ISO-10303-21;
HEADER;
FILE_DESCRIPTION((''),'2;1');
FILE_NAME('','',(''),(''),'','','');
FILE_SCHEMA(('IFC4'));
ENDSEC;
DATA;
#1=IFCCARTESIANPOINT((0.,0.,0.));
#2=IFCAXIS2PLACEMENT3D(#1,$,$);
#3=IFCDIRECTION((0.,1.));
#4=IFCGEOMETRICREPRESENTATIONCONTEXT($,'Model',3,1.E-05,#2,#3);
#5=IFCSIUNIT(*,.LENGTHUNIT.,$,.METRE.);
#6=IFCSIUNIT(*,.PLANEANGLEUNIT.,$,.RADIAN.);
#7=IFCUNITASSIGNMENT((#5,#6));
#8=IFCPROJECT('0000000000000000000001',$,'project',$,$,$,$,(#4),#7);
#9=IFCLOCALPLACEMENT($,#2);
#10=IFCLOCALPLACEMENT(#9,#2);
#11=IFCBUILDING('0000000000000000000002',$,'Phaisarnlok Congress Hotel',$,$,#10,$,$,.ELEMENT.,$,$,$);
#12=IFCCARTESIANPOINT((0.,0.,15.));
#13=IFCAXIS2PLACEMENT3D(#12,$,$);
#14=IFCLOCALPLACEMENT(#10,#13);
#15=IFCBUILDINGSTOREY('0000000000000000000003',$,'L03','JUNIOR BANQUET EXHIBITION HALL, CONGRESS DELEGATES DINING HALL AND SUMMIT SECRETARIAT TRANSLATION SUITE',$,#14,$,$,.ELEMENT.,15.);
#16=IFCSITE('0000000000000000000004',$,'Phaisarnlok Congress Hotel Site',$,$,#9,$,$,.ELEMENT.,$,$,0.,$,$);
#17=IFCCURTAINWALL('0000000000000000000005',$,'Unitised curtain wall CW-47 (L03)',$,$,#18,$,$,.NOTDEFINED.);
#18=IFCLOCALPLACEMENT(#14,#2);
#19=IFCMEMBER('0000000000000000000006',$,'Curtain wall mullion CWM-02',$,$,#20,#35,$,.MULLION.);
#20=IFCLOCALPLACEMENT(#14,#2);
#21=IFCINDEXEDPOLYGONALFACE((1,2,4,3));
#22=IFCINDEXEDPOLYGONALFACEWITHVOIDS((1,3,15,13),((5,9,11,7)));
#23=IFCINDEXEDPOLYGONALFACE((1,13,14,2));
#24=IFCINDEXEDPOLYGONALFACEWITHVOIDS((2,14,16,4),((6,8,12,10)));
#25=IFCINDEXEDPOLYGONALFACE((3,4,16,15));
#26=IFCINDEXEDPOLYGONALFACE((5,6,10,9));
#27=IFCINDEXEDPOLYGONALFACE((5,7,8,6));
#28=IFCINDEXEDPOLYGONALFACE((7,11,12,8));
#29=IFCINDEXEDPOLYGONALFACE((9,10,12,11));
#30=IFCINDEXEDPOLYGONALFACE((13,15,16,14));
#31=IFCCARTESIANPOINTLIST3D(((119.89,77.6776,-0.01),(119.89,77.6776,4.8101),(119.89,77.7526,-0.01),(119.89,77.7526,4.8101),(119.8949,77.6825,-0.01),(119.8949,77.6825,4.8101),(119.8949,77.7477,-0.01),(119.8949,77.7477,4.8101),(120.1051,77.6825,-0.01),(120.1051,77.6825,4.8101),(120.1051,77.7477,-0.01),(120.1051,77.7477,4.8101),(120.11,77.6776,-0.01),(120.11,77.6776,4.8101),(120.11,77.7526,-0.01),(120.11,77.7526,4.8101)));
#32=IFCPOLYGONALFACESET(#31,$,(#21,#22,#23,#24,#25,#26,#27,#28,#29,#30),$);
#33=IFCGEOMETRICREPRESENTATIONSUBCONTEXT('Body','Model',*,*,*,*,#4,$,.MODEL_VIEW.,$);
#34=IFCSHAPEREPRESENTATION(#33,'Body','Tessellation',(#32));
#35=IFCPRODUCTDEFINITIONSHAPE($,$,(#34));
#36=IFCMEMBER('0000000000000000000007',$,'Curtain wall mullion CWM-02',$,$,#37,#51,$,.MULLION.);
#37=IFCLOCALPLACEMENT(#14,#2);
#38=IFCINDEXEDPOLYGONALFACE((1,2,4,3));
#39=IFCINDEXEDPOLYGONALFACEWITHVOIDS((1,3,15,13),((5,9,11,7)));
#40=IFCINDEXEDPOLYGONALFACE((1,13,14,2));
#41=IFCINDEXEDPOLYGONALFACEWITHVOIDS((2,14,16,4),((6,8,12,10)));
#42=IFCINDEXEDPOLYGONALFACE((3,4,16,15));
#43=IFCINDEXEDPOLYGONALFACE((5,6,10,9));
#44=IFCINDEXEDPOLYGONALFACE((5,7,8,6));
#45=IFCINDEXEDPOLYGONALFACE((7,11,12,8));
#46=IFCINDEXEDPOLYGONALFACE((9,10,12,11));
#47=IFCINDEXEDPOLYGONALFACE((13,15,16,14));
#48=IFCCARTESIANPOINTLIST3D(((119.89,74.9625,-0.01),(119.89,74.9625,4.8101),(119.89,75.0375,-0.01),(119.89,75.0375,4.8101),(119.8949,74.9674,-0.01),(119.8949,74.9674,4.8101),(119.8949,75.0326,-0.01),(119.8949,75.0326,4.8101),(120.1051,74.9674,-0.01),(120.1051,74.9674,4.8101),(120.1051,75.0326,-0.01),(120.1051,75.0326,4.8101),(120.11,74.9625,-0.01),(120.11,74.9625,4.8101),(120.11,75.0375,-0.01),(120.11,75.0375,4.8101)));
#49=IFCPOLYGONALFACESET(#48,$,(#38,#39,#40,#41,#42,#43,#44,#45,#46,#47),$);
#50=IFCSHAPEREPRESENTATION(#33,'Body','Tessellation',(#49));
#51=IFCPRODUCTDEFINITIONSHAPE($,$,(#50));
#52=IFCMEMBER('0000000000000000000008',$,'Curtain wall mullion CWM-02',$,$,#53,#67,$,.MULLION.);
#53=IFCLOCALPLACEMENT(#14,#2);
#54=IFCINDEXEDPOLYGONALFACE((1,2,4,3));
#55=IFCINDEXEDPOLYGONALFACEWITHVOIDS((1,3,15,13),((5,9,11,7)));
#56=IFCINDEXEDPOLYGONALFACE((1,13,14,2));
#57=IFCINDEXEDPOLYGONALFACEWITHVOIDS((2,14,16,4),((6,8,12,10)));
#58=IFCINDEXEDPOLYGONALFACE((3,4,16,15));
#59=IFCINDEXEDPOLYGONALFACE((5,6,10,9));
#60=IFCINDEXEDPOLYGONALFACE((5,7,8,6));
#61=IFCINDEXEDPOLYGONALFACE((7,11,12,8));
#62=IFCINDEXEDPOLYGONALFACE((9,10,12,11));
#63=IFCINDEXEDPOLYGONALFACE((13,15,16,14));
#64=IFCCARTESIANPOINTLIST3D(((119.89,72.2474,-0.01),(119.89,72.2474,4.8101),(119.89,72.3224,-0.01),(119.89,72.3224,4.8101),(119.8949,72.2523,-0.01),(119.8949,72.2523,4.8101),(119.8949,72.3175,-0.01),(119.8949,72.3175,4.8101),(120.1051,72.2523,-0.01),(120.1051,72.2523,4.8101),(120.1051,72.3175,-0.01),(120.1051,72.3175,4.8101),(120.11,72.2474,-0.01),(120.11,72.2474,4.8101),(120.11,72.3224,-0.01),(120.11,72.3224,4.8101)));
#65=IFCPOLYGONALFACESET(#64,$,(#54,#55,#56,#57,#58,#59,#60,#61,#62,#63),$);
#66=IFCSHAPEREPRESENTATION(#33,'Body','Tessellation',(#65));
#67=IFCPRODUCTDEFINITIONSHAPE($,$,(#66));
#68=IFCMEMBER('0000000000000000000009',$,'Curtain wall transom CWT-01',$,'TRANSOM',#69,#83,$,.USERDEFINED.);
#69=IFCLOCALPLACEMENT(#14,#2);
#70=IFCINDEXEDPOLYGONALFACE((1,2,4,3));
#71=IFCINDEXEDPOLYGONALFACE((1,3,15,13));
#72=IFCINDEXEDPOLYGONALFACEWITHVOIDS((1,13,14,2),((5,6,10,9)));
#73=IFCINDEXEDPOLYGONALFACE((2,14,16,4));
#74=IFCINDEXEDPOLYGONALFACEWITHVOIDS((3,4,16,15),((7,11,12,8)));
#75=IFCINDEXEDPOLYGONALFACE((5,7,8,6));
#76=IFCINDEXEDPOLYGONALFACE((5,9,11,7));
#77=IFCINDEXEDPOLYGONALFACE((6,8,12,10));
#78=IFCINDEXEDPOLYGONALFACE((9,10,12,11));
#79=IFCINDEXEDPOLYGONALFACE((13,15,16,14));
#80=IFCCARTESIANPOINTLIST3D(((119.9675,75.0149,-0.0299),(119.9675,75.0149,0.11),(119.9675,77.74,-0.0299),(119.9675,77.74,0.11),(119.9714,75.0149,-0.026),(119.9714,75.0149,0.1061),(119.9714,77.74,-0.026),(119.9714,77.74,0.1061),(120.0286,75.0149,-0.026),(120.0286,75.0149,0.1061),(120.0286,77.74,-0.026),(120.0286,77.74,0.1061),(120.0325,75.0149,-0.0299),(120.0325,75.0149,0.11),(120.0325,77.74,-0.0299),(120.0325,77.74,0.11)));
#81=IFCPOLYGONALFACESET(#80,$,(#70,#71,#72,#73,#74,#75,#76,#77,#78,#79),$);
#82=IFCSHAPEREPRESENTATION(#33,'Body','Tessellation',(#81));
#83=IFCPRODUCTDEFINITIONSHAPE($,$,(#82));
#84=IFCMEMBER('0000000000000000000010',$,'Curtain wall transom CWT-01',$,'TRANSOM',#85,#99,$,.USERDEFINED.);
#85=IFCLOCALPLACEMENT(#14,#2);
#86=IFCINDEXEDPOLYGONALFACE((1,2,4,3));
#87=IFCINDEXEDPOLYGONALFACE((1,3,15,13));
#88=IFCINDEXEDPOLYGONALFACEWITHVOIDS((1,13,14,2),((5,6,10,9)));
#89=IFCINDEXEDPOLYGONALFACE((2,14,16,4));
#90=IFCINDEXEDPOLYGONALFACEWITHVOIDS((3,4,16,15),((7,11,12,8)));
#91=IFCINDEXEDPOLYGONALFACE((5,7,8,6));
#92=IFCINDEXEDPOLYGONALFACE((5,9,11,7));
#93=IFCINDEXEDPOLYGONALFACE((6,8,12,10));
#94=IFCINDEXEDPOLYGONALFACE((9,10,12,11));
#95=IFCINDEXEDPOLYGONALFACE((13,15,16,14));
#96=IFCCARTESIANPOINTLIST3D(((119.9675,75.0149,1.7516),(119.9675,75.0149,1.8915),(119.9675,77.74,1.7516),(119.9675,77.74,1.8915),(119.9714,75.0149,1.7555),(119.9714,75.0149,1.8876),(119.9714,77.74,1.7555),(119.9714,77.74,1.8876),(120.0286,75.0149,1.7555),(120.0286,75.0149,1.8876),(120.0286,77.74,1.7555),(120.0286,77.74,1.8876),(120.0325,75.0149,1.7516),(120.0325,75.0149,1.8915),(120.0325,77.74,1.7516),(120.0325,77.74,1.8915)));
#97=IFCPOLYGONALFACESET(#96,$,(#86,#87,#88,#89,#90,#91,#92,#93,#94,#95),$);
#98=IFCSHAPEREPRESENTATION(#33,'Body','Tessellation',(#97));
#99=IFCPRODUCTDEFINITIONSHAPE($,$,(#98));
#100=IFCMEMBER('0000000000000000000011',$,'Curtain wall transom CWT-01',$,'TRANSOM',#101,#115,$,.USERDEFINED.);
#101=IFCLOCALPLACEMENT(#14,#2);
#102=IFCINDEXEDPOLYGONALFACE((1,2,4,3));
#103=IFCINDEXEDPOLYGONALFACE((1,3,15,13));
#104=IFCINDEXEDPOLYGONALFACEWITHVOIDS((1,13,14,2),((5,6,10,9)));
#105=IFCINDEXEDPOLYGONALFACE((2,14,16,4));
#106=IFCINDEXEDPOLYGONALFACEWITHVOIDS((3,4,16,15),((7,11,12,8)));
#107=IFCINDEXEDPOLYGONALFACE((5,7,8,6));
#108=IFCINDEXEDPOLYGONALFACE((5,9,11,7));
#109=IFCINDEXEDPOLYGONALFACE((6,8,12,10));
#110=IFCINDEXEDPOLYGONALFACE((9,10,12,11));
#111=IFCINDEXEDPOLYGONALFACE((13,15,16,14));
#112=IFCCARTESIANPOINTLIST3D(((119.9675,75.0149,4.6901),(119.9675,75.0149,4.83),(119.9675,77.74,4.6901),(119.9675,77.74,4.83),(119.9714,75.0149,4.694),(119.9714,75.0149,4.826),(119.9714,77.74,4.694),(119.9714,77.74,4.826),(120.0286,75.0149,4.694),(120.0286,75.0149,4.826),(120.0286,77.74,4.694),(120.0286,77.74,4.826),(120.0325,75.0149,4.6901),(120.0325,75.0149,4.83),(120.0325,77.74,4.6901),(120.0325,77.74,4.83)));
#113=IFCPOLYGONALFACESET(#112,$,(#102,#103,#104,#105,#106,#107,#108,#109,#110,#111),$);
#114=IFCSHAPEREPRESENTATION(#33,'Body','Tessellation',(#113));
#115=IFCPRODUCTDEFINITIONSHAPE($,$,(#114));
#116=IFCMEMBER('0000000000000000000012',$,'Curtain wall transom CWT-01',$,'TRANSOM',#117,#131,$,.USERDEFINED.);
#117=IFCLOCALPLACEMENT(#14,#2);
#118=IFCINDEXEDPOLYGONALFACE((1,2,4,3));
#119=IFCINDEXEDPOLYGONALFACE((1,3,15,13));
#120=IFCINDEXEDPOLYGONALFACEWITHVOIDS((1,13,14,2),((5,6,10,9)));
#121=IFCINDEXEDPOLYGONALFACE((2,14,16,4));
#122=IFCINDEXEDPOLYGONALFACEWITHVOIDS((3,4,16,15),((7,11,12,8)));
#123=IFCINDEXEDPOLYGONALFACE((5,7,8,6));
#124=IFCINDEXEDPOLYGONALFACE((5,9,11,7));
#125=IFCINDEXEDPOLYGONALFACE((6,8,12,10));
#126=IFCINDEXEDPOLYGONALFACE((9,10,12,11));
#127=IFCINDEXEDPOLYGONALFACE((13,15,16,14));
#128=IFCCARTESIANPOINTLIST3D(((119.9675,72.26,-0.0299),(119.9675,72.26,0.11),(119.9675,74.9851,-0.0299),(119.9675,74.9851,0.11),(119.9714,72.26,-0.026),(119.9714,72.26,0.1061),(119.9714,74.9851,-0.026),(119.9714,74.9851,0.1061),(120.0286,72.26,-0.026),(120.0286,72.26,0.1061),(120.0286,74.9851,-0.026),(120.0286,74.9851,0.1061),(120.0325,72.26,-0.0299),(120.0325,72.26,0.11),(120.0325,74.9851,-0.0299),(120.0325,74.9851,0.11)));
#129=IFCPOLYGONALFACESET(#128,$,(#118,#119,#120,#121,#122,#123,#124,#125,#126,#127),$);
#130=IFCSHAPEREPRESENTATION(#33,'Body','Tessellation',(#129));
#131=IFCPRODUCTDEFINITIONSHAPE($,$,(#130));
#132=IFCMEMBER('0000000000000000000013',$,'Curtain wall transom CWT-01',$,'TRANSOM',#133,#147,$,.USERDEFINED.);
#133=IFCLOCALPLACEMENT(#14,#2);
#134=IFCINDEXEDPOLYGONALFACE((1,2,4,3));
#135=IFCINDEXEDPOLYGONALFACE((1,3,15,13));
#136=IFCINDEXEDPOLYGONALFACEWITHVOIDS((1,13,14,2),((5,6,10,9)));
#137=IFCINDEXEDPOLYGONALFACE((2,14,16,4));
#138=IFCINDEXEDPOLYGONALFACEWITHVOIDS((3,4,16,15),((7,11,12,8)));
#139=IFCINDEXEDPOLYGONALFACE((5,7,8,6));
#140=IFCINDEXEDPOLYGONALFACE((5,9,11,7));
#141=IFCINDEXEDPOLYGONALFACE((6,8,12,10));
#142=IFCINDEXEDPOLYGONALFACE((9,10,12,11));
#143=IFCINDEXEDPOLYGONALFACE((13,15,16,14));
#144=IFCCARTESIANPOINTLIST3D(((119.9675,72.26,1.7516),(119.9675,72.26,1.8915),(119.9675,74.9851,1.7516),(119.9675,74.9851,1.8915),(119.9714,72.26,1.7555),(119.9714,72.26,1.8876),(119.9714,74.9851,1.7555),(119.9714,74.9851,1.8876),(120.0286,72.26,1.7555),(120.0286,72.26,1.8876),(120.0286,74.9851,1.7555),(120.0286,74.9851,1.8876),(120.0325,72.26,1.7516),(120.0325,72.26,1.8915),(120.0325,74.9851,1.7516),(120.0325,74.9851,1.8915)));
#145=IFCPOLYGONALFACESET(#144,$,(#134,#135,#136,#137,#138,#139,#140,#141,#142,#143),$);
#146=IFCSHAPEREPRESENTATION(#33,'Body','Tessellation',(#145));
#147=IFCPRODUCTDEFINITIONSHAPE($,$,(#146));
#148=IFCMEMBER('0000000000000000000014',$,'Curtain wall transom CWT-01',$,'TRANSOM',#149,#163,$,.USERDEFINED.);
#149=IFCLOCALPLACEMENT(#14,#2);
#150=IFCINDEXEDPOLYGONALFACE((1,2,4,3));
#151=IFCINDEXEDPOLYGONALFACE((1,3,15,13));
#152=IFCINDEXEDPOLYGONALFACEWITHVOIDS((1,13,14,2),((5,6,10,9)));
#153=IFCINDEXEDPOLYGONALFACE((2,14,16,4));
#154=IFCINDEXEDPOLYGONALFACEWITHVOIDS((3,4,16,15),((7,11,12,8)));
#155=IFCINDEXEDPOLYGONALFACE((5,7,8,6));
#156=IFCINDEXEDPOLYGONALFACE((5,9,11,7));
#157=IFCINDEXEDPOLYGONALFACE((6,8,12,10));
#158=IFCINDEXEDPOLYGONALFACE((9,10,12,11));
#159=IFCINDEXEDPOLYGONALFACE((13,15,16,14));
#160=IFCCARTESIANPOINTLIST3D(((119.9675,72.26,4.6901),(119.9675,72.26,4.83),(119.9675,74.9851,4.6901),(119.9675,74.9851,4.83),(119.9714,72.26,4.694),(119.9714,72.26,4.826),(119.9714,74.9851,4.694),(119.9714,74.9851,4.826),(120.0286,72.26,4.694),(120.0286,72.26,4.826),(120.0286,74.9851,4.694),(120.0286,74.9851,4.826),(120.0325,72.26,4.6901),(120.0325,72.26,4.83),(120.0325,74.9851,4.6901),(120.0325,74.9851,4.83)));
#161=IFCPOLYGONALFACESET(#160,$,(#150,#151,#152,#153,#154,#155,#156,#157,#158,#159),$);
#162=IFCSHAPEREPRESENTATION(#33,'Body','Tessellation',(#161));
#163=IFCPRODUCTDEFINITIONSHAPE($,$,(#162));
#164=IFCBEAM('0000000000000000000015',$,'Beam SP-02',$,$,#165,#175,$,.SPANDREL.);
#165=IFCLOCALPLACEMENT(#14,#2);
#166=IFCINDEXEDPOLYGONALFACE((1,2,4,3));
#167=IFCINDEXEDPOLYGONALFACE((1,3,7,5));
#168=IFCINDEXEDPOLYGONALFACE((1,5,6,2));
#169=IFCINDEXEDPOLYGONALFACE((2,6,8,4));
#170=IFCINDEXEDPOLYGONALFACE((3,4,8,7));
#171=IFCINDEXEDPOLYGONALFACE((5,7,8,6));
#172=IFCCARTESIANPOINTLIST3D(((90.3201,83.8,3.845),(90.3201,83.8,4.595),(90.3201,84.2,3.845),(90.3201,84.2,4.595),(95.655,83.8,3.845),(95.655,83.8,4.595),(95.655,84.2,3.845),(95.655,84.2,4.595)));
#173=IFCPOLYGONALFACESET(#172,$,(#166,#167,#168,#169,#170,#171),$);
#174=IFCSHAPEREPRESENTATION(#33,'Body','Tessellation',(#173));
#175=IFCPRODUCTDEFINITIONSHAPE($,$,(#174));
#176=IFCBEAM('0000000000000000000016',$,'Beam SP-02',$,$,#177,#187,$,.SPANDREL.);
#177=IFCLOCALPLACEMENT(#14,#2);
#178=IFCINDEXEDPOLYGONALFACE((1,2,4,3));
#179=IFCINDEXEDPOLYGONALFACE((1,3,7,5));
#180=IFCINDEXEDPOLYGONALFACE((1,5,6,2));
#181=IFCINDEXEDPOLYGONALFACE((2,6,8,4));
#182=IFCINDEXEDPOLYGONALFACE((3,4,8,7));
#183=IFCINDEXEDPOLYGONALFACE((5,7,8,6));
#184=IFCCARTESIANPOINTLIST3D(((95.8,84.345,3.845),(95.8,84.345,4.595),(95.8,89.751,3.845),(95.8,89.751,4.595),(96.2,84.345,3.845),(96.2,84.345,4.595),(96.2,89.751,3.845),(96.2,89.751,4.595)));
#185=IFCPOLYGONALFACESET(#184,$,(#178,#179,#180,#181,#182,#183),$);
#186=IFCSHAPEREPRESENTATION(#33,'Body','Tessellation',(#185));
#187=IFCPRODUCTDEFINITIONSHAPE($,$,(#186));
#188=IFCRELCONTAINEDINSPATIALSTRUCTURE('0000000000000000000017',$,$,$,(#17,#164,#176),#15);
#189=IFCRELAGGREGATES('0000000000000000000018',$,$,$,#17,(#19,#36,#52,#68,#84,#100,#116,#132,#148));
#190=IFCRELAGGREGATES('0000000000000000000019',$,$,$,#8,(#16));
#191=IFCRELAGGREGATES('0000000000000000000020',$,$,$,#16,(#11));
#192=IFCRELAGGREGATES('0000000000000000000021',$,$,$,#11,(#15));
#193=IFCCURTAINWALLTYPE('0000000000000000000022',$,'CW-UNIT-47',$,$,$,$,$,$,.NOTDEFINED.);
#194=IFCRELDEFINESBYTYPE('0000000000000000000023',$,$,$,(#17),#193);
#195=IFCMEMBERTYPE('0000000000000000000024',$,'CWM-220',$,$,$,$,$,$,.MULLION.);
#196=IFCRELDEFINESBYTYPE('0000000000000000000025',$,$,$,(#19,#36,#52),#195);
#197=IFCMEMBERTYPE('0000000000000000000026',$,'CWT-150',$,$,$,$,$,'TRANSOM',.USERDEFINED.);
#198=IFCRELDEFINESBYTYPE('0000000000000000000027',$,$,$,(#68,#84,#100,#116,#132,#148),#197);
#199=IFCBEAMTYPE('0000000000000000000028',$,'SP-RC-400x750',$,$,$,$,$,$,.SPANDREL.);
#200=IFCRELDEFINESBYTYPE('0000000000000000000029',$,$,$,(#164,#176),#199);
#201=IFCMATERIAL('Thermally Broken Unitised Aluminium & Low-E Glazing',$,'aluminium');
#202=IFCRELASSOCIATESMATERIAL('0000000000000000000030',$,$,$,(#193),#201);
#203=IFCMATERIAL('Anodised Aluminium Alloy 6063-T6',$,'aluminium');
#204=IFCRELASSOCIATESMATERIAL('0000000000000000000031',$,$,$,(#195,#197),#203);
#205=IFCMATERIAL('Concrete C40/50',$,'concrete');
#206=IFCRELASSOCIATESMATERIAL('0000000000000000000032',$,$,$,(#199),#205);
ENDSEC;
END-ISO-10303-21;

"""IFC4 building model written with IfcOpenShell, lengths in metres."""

from ifc_helpers import new_model, si_unit, direction, frame, origin, origin_2d, place, context, subcontext, project, spatial, rectangle, hollow_rectangle, extrude, material, material_profile, profile_set, type_object, element, aggregate, save


model = new_model("IFC4")

# Units and contexts
model_context = context("Model", 3, precision=1e-05, world=origin(), true_north=direction((0.0, 1.0)))
body_context = subcontext(model_context, "Body", "Model", "MODEL_VIEW")
ifc_project = project(units=[si_unit("LENGTHUNIT", "METRE"), si_unit("PLANEANGLEUNIT", "RADIAN")], contexts=[model_context])

# Site, building, storey
site_placement = place(None, origin())
site = spatial("IfcSite", under=ifc_project, at=site_placement, Name="Phaisarnlok Congress Hotel Site", CompositionType="ELEMENT", RefElevation=0.0)
building_placement = place(site_placement, origin())
building = spatial("IfcBuilding", under=site, at=building_placement, Name="Phaisarnlok Congress Hotel", CompositionType="ELEMENT")
storey_placement = place(building_placement, frame((0.0, 0.0, 15.0)))
storey = spatial("IfcBuildingStorey", under=building, at=storey_placement, Name="L03", Description="JUNIOR BANQUET EXHIBITION HALL, CONGRESS DELEGATES DINING HALL AND SUMMIT SECRETARIAT TRANSLATION SUITE", CompositionType="ELEMENT", Elevation=15.0)

# Shared definitions
ifc_material_1 = material(Name="Concrete C40/50", Category="concrete")

# Curtain wall, members
ifc_material_2 = material(Name="Thermally Broken Unitised Aluminium & Low-E Glazing", Category="aluminium")
curtain_wall_type = type_object("IfcCurtainWallType", Name="CW-UNIT-47", PredefinedType="NOTDEFINED", material=ifc_material_2)
curtain_wall_1_placement = place(storey_placement, origin())
curtain_wall_1 = element("IfcCurtainWall", 1, at=curtain_wall_1_placement, inside=storey, type_object=curtain_wall_type, Name="Unitised curtain wall CW-47 (L03)", PredefinedType="NOTDEFINED")
ifc_material_3 = material(Name="Anodised Aluminium Alloy 6063-T6", Category="aluminium")
ifc_material_profile_1 = material_profile(ifc_material_3, hollow_rectangle(XDim=0.075, YDim=0.22, WallThickness=0.0049, at=origin_2d()), Name="ALU-M 75x220x5")
ifc_profile_set_1 = profile_set([ifc_material_profile_1], Name="Anodised Aluminium Alloy 6063-T6")
member_type_1 = type_object("IfcMemberType", Name="CWM-220", PredefinedType="MULLION", material=ifc_profile_set_1)
member_1_placement = place(storey_placement, frame((120.0, 77.7151, -0.01), z_axis=(0.0, 0.0, 1.0), x_axis=(0.0, -1.0, 0.0)))
member_1 = element("IfcMember", 2, at=member_1_placement, type_object=member_type_1, Name="Curtain wall mullion CWM-02", PredefinedType="MULLION", context=body_context, shape_type="SweptSolid", body=[
    extrude(hollow_rectangle(XDim=0.075, YDim=0.22, WallThickness=0.0049, at=origin_2d()), origin(), (0.0, 0.0, 1.0), 4.8201),
])
member_2_placement = place(storey_placement, frame((120.0, 75.0, -0.01), z_axis=(0.0, 0.0, 1.0), x_axis=(0.0, -1.0, 0.0)))
member_2 = element("IfcMember", 3, at=member_2_placement, type_object=member_type_1, Name="Curtain wall mullion CWM-02", PredefinedType="MULLION", context=body_context, shape_type="SweptSolid", body=[
    extrude(hollow_rectangle(XDim=0.075, YDim=0.22, WallThickness=0.0049, at=origin_2d()), origin(), (0.0, 0.0, 1.0), 4.8201),
])
member_3_placement = place(storey_placement, frame((120.0, 72.2849, -0.01), z_axis=(0.0, 0.0, 1.0), x_axis=(0.0, -1.0, 0.0)))
member_3 = element("IfcMember", 4, at=member_3_placement, type_object=member_type_1, Name="Curtain wall mullion CWM-02", PredefinedType="MULLION", context=body_context, shape_type="SweptSolid", body=[
    extrude(hollow_rectangle(XDim=0.075, YDim=0.22, WallThickness=0.0049, at=origin_2d()), origin(), (0.0, 0.0, 1.0), 4.8201),
])
ifc_material_profile_2 = material_profile(ifc_material_3, hollow_rectangle(XDim=0.0649, YDim=0.1399, WallThickness=0.0039, at=origin_2d()), Name="ALU-T 65x140x4")
ifc_profile_set_2 = profile_set([ifc_material_profile_2], Name="Anodised Aluminium Alloy 6063-T6")
member_type_2 = type_object("IfcMemberType", Name="CWT-150", ElementType="TRANSOM", PredefinedType="USERDEFINED", material=ifc_profile_set_2)
member_4_placement = place(storey_placement, frame((120.0, 77.74, 0.04), z_axis=(0.0, -1.0, 0.0), x_axis=(1.0, 0.0, 0.0)))
member_4 = element("IfcMember", 5, at=member_4_placement, type_object=member_type_2, Name="Curtain wall transom CWT-01", ObjectType="TRANSOM", PredefinedType="USERDEFINED", context=body_context, shape_type="SweptSolid", body=[
    extrude(hollow_rectangle(XDim=0.0649, YDim=0.1399, WallThickness=0.0039, at=origin_2d()), origin(), (0.0, 0.0, 1.0), 2.7251),
])
member_5_placement = place(storey_placement, frame((120.0, 77.74, 1.8215), z_axis=(0.0, -1.0, 0.0), x_axis=(1.0, 0.0, 0.0)))
member_5 = element("IfcMember", 6, at=member_5_placement, type_object=member_type_2, Name="Curtain wall transom CWT-01", ObjectType="TRANSOM", PredefinedType="USERDEFINED", context=body_context, shape_type="SweptSolid", body=[
    extrude(hollow_rectangle(XDim=0.0649, YDim=0.1399, WallThickness=0.0039, at=origin_2d()), origin(), (0.0, 0.0, 1.0), 2.7251),
])
member_6_placement = place(storey_placement, frame((120.0, 77.74, 4.76), z_axis=(0.0, -1.0, 0.0), x_axis=(1.0, 0.0, 0.0)))
member_6 = element("IfcMember", 7, at=member_6_placement, type_object=member_type_2, Name="Curtain wall transom CWT-01", ObjectType="TRANSOM", PredefinedType="USERDEFINED", context=body_context, shape_type="SweptSolid", body=[
    extrude(hollow_rectangle(XDim=0.0649, YDim=0.1399, WallThickness=0.0039, at=origin_2d()), origin(), (0.0, 0.0, 1.0), 2.7251),
])
member_7_placement = place(storey_placement, frame((120.0, 74.9851, 0.04), z_axis=(0.0, -1.0, 0.0), x_axis=(1.0, 0.0, 0.0)))
member_7 = element("IfcMember", 8, at=member_7_placement, type_object=member_type_2, Name="Curtain wall transom CWT-01", ObjectType="TRANSOM", PredefinedType="USERDEFINED", context=body_context, shape_type="SweptSolid", body=[
    extrude(hollow_rectangle(XDim=0.0649, YDim=0.1399, WallThickness=0.0039, at=origin_2d()), origin(), (0.0, 0.0, 1.0), 2.7251),
])
member_8_placement = place(storey_placement, frame((120.0, 74.9851, 1.8215), z_axis=(0.0, -1.0, 0.0), x_axis=(1.0, 0.0, 0.0)))
member_8 = element("IfcMember", 9, at=member_8_placement, type_object=member_type_2, Name="Curtain wall transom CWT-01", ObjectType="TRANSOM", PredefinedType="USERDEFINED", context=body_context, shape_type="SweptSolid", body=[
    extrude(hollow_rectangle(XDim=0.0649, YDim=0.1399, WallThickness=0.0039, at=origin_2d()), origin(), (0.0, 0.0, 1.0), 2.7251),
])
member_9_placement = place(storey_placement, frame((120.0, 74.9851, 4.76), z_axis=(0.0, -1.0, 0.0), x_axis=(1.0, 0.0, 0.0)))
member_9 = element("IfcMember", 10, at=member_9_placement, type_object=member_type_2, Name="Curtain wall transom CWT-01", ObjectType="TRANSOM", PredefinedType="USERDEFINED", context=body_context, shape_type="SweptSolid", body=[
    extrude(hollow_rectangle(XDim=0.0649, YDim=0.1399, WallThickness=0.0039, at=origin_2d()), origin(), (0.0, 0.0, 1.0), 2.7251),
])

# Beams
ifc_material_profile_3 = material_profile(ifc_material_1, rectangle(XDim=0.3999, YDim=0.75, at=origin_2d()), Name="RC 400x750")
ifc_profile_set_3 = profile_set([ifc_material_profile_3], Name="Concrete C40/50")
beam_type_1 = type_object("IfcBeamType", Name="SP-RC-400x750", PredefinedType="SPANDREL", material=ifc_profile_set_3)
beam_1_placement = place(storey_placement, frame((90.3201, 84.0, 4.22), z_axis=(1.0, 0.0, 0.0), x_axis=(0.0, 1.0, 0.0)))
element("IfcBeam", 11, at=beam_1_placement, inside=storey, type_object=beam_type_1, Name="Beam SP-02", PredefinedType="SPANDREL", context=body_context, shape_type="SweptSolid", body=[
    extrude(rectangle(XDim=0.3999, YDim=0.75, at=origin_2d()), origin(), (0.0, 0.0, 1.0), 5.335),
])
for number, where, z_axis, x_axis, name in (
    (12, (96.0, 84.345, 4.22), (0.0, 1.0, 0.0), (-1.0, 0.0, 0.0), "Beam SP-02"),
):
    element("IfcBeam", number, at=place(storey_placement, frame(where, z_axis=z_axis, x_axis=x_axis)), inside=storey, type_object=beam_type_1, Name=name, PredefinedType="SPANDREL", context=body_context, shape_type="SweptSolid", body=[
        extrude(rectangle(XDim=0.3999, YDim=0.75, at=origin_2d()), origin(), (0.0, 0.0, 1.0), 5.406),
    ])

aggregate(curtain_wall_1, [member_1, member_2, member_3, member_4, member_5, member_6, member_7, member_8, member_9])

save(model, "model.ifc")
